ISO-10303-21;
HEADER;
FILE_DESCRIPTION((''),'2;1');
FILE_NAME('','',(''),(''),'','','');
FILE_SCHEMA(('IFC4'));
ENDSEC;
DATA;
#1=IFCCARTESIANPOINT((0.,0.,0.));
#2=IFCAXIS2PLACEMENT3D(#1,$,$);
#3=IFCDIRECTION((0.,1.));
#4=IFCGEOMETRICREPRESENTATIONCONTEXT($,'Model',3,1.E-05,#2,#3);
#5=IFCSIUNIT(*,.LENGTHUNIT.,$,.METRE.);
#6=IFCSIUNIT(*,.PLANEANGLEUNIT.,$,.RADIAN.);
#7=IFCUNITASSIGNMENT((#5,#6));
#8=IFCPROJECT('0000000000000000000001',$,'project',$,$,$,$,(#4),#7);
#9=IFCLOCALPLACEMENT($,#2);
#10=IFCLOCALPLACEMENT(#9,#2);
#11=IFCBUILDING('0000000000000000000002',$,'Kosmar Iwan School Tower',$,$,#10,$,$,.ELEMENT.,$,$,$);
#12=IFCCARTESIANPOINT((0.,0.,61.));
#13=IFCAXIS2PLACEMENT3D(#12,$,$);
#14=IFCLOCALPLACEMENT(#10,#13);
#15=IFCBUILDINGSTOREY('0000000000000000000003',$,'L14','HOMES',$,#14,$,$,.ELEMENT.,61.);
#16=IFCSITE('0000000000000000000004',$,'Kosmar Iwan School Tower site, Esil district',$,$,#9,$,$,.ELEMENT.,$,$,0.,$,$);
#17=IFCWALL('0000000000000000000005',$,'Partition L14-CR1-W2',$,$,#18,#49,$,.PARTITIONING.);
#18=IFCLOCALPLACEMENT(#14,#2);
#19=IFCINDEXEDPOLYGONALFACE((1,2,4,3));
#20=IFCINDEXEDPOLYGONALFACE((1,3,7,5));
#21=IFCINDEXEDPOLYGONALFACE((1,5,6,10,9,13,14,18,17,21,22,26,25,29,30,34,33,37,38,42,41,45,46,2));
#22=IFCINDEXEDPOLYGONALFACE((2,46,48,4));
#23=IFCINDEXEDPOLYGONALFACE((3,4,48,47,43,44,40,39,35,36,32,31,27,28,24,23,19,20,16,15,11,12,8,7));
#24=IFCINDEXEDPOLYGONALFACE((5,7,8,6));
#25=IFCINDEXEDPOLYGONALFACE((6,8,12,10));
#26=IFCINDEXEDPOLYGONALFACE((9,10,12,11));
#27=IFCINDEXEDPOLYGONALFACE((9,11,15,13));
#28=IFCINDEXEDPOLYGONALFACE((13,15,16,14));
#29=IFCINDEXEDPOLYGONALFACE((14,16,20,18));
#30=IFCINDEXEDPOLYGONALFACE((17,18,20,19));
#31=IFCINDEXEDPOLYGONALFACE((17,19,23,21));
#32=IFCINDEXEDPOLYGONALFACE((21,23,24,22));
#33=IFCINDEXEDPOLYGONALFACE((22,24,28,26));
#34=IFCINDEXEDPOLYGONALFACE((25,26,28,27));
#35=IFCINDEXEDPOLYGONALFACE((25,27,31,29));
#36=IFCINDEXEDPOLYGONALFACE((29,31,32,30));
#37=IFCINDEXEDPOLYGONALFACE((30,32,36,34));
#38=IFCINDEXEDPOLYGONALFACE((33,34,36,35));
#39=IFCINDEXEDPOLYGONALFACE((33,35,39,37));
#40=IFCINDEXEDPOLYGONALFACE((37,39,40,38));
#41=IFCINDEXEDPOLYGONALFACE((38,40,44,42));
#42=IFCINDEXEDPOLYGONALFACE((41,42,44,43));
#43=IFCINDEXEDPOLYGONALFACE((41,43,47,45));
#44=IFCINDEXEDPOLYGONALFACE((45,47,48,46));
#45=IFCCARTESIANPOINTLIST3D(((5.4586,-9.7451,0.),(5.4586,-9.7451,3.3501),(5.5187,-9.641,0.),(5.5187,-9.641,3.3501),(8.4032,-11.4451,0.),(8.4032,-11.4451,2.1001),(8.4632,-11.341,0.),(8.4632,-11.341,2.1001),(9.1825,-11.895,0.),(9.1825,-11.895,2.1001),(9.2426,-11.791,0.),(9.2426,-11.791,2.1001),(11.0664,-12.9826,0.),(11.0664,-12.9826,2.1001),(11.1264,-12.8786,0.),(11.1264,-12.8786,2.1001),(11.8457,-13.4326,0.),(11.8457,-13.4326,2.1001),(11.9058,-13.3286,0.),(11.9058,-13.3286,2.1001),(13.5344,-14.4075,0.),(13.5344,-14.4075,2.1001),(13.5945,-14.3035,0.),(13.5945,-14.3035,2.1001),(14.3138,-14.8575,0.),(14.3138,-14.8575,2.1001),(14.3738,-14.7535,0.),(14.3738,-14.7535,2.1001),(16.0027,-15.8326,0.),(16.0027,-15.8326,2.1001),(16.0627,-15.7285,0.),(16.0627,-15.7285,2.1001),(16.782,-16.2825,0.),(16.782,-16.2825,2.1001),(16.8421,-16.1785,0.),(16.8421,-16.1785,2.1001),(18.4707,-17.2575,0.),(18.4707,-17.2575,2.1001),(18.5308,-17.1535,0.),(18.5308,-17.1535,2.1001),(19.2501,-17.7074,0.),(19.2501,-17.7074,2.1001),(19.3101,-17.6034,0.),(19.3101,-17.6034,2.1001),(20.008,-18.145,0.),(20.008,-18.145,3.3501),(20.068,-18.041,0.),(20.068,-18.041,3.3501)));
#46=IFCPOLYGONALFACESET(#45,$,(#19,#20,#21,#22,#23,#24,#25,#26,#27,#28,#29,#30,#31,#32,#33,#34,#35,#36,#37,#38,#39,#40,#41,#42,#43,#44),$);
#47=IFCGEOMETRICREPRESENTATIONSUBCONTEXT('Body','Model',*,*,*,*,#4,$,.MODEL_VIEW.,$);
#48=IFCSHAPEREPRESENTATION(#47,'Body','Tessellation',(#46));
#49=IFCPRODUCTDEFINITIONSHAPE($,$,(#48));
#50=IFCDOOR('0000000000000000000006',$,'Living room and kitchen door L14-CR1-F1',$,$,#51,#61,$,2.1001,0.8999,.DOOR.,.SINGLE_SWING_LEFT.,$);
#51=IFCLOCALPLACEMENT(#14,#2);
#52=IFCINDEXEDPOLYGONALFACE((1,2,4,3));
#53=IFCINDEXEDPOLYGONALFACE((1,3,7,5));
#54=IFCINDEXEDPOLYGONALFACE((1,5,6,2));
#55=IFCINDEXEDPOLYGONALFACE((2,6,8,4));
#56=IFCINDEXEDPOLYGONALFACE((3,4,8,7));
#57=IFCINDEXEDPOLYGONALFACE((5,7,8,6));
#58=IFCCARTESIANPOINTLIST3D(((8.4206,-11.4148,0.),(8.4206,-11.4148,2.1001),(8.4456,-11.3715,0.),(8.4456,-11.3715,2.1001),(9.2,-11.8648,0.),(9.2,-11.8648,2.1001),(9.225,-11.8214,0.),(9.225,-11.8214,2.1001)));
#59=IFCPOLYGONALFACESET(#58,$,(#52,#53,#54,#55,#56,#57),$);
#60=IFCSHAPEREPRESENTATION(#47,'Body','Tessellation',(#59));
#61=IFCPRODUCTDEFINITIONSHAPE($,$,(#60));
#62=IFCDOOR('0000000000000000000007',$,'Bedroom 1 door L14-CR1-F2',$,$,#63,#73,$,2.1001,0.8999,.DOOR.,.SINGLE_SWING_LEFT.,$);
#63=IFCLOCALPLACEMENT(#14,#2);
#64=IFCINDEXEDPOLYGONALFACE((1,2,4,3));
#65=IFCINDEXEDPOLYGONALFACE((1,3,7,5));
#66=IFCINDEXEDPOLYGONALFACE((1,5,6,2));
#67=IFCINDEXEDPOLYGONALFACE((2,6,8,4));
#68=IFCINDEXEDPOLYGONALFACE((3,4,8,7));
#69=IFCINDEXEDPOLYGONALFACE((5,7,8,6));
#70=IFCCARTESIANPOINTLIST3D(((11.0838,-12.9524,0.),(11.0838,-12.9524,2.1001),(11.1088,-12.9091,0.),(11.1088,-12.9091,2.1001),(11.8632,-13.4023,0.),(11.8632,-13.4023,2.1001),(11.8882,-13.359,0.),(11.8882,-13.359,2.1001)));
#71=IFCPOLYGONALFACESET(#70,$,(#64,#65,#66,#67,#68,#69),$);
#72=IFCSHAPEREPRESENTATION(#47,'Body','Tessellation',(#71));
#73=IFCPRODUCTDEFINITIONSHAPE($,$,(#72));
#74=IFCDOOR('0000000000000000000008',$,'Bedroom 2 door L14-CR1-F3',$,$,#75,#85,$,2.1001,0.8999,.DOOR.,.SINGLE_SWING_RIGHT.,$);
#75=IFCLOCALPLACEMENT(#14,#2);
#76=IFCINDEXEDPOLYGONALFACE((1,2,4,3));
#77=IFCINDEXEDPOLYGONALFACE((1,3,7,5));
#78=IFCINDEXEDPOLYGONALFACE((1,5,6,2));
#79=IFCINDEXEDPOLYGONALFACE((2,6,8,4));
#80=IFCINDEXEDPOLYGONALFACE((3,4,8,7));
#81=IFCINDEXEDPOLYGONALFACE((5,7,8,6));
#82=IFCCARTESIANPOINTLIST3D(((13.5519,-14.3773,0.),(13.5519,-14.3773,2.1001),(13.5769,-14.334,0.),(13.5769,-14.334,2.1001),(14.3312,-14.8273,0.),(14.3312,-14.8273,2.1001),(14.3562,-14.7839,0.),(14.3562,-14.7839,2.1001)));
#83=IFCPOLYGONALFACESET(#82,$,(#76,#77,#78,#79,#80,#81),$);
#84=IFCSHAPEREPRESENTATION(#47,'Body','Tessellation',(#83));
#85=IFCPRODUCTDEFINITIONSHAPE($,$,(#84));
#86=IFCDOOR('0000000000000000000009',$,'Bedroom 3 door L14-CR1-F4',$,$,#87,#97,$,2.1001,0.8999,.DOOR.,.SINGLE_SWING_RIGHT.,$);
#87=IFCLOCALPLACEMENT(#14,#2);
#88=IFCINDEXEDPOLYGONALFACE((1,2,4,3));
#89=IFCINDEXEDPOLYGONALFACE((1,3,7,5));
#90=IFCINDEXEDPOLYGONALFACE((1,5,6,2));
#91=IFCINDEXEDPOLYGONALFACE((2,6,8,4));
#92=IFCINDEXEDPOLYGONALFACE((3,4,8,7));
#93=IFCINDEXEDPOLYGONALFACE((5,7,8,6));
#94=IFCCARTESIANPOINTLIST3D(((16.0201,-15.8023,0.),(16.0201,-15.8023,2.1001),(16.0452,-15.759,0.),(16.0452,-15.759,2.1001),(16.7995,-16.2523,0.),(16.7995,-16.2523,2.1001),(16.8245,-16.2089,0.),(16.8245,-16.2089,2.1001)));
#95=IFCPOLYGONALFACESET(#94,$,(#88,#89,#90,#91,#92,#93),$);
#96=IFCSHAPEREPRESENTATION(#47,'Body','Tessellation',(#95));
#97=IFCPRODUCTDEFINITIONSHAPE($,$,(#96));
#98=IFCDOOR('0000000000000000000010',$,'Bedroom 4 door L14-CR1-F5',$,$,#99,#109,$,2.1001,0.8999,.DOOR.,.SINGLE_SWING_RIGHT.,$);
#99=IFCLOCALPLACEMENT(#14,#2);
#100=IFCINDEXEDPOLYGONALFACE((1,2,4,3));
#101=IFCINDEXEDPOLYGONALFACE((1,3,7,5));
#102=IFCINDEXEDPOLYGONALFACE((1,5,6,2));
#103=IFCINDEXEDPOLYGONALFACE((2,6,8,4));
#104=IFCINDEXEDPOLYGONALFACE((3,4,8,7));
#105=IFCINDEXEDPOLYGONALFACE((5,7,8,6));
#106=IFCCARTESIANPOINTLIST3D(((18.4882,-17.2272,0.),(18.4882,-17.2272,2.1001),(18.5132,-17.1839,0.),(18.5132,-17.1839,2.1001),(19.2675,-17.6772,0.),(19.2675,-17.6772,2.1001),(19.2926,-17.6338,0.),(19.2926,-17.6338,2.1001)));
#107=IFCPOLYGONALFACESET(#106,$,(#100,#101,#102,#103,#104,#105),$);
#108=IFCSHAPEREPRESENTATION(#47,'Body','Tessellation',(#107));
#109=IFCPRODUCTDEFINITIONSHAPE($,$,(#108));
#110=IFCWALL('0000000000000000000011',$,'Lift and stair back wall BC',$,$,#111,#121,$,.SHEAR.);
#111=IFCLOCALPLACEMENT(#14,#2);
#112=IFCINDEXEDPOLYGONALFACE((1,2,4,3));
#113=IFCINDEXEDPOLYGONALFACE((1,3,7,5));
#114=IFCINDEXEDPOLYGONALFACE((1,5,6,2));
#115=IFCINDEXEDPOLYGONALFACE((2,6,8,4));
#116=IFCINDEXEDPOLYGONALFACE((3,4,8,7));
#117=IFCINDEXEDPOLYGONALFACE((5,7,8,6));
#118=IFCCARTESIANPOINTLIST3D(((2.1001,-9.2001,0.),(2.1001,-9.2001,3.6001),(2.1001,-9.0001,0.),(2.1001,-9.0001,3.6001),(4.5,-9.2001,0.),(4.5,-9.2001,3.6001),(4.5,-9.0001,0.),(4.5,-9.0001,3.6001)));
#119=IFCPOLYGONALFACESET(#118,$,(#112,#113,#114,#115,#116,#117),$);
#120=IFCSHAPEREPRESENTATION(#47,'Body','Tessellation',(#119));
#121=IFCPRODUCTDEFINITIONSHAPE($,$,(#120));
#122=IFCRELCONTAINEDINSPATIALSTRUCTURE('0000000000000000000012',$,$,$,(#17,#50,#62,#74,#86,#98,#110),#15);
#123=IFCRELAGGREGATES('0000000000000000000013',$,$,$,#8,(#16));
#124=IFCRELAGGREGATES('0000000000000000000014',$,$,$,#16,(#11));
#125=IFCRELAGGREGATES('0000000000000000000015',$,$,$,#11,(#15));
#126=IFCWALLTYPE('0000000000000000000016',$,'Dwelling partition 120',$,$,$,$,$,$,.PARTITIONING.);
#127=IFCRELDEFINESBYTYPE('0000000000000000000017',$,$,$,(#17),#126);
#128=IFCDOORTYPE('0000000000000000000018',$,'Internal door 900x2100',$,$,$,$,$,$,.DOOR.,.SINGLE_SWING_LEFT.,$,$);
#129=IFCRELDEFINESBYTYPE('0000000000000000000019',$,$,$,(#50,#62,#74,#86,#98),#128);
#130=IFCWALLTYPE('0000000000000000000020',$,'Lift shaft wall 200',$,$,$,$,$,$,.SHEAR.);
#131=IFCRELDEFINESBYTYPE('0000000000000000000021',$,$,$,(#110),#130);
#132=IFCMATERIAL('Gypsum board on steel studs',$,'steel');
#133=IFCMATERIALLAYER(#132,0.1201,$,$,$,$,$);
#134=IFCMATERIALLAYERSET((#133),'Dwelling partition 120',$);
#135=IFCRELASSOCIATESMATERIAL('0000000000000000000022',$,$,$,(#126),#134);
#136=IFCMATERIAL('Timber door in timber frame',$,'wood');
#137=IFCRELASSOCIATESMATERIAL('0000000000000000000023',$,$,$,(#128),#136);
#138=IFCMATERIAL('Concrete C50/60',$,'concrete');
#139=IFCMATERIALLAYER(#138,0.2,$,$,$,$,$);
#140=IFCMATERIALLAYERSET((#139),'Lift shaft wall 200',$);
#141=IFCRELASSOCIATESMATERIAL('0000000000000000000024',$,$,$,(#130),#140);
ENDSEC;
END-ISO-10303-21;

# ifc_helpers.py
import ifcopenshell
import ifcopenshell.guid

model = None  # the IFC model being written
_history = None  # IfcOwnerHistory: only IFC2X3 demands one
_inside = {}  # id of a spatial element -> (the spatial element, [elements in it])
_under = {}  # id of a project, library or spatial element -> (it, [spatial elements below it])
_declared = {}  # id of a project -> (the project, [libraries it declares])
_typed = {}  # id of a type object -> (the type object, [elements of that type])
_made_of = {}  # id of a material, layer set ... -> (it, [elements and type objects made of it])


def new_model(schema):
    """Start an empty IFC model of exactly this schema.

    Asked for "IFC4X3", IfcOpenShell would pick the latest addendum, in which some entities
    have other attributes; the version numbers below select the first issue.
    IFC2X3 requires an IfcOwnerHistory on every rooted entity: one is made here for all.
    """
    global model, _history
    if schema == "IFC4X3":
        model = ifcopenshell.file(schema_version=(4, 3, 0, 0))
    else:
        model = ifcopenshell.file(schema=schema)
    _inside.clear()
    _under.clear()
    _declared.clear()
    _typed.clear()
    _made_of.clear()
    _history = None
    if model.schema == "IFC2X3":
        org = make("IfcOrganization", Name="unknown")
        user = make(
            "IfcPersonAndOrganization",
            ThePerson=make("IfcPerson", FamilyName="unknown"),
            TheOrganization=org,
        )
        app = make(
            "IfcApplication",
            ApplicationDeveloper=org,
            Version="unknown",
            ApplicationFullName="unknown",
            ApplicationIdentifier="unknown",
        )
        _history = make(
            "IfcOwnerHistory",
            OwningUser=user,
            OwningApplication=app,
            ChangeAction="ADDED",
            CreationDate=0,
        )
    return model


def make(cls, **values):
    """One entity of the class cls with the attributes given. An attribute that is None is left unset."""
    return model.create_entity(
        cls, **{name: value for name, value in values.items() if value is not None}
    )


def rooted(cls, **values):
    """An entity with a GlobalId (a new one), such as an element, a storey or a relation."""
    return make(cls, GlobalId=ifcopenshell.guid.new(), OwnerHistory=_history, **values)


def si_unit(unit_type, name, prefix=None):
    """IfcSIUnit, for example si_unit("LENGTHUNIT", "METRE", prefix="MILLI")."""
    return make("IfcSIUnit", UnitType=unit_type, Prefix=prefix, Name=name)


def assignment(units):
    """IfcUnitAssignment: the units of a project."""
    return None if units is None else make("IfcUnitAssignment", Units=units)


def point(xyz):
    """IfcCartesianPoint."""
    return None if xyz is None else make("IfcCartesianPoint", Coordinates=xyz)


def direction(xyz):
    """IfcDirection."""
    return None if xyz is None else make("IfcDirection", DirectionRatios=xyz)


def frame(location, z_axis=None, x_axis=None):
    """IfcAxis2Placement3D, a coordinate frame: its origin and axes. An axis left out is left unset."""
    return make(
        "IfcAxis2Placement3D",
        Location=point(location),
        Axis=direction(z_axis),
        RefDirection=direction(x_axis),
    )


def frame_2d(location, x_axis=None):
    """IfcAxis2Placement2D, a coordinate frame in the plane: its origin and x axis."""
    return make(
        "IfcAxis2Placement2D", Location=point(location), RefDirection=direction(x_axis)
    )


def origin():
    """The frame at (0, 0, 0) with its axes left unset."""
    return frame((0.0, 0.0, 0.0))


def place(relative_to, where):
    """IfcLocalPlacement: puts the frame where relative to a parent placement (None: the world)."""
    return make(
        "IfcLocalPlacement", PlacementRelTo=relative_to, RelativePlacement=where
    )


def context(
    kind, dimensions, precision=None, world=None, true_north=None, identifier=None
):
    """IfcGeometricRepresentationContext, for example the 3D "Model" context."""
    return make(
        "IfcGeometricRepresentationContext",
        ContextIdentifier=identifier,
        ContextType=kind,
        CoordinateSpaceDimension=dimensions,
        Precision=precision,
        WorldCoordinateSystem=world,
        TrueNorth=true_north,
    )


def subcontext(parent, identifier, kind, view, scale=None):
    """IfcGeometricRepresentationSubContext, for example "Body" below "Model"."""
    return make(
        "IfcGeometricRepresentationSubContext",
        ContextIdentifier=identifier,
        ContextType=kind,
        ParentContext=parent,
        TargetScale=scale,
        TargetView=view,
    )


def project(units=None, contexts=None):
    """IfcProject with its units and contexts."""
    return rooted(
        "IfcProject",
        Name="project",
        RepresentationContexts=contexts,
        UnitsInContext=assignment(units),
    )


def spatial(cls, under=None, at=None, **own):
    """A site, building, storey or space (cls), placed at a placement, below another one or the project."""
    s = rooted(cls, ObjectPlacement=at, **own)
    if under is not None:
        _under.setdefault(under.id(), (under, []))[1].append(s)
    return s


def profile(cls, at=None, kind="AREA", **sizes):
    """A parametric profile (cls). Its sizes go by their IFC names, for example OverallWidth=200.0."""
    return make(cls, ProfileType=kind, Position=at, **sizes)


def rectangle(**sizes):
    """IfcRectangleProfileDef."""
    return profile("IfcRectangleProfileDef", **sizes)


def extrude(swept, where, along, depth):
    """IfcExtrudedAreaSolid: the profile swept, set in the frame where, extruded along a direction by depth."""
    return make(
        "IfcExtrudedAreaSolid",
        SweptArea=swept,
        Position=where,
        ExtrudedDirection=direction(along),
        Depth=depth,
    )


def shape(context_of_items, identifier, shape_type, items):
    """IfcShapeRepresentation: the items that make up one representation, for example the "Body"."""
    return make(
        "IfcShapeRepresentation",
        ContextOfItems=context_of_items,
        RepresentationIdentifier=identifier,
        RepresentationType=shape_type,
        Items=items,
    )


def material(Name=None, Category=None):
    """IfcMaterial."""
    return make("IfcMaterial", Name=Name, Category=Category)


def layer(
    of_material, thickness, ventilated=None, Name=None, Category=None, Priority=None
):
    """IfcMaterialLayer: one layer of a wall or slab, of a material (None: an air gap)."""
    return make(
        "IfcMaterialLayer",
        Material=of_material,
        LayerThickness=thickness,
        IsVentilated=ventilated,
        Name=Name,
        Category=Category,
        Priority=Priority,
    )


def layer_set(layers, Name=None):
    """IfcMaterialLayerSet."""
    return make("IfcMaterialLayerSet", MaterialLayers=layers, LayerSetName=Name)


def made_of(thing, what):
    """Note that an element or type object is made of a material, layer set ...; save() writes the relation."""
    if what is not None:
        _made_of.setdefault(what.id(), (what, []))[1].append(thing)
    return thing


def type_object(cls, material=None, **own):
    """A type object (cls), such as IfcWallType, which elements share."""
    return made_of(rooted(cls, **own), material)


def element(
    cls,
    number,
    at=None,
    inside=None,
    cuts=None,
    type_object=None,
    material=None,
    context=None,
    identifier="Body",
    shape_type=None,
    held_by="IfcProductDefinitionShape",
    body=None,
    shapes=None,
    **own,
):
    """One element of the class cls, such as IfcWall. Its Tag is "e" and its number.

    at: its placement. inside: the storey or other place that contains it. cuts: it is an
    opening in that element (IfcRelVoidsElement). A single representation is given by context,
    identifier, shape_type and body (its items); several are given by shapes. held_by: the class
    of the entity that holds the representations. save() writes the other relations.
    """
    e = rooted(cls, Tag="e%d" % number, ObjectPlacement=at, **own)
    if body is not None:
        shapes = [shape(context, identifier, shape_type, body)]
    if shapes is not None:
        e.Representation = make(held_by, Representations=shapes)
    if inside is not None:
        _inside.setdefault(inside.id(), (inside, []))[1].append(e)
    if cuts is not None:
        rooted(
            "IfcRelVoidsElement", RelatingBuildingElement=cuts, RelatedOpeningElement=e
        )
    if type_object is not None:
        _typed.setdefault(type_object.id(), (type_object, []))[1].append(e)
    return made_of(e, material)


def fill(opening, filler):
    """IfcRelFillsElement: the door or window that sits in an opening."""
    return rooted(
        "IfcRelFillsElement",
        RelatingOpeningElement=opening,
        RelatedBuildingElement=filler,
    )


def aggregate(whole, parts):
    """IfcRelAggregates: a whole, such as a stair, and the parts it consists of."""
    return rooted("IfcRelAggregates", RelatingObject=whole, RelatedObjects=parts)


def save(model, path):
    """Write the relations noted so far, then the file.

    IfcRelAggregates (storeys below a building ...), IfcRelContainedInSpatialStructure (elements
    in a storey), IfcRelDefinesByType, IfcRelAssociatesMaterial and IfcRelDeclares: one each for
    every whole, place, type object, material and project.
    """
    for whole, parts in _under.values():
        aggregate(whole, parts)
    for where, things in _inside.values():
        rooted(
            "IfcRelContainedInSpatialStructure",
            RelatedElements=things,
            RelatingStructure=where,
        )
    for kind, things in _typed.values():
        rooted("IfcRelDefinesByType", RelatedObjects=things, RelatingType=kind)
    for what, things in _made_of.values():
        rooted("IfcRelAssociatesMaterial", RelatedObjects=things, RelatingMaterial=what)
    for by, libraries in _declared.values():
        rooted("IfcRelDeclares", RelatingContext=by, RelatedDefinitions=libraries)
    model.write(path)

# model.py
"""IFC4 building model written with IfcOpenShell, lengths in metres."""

from ifc_helpers import new_model, si_unit, direction, frame, frame_2d, origin, place, context, subcontext, project, spatial, rectangle, extrude, material, layer, layer_set, type_object, element, fill, save


model = new_model("IFC4")

# Units and contexts
model_context = context("Model", 3, precision=1e-05, world=origin(), true_north=direction((0.0, 1.0)))
body_context = subcontext(model_context, "Body", "Model", "MODEL_VIEW")
ifc_project = project(units=[si_unit("LENGTHUNIT", "METRE"), si_unit("PLANEANGLEUNIT", "RADIAN")], contexts=[model_context])

# Site, building, storey
site_placement = place(None, origin())
site = spatial("IfcSite", under=ifc_project, at=site_placement, Name="Kosmar Iwan School Tower site, Esil district", CompositionType="ELEMENT", RefElevation=0.0)
building_placement = place(site_placement, origin())
building = spatial("IfcBuilding", under=site, at=building_placement, Name="Kosmar Iwan School Tower", CompositionType="ELEMENT")
storey_placement = place(building_placement, frame((0.0, 0.0, 61.0)))
storey = spatial("IfcBuildingStorey", under=building, at=storey_placement, Name="L14", Description="HOMES", CompositionType="ELEMENT", Elevation=61.0)

# Wall, openings, doors
ifc_material_1 = material(Name="Gypsum board on steel studs", Category="steel")
ifc_layer_1 = layer(ifc_material_1, 0.1201)
ifc_layer_set_1 = layer_set([ifc_layer_1], Name="Dwelling partition 120")
wall_type_1 = type_object("IfcWallType", Name="Dwelling partition 120", PredefinedType="PARTITIONING", material=ifc_layer_set_1)
wall_1_placement = place(storey_placement, frame((5.4888, -9.6931, 0.0), z_axis=(0.0, 0.0, 1.0), x_axis=(0.866029, -0.499993, 0.0)))
wall_1 = element("IfcWall", 1, at=wall_1_placement, inside=storey, type_object=wall_type_1, Name="Partition L14-CR1-W2", PredefinedType="PARTITIONING", context=body_context, shape_type="SweptSolid", body=[
    extrude(rectangle(XDim=16.8, YDim=0.1201, at=frame_2d((8.3999, 0.0))), origin(), (0.0, 0.0, 1.0), 3.3501),
])
opening_1_placement = place(wall_1_placement, frame((3.3999, 0.0, 0.0)))
opening_1 = element("IfcOpeningElement", 2, at=opening_1_placement, cuts=wall_1, PredefinedType="OPENING", context=body_context, shape_type="SweptSolid", body=[
    extrude(rectangle(XDim=0.8999, YDim=2.1001, at=frame_2d((0.45, 1.05))), frame((0.0, 0.072, 0.0), z_axis=(0.0, -1.0, 0.0), x_axis=(1.0, 0.0, 0.0)), (0.0, 0.0, 1.0), 0.144),
])
opening_2_placement = place(wall_1_placement, frame((6.4751, 0.0, 0.0)))
opening_2 = element("IfcOpeningElement", 3, at=opening_2_placement, cuts=wall_1, PredefinedType="OPENING", context=body_context, shape_type="SweptSolid", body=[
    extrude(rectangle(XDim=0.8999, YDim=2.1001, at=frame_2d((0.45, 1.05))), frame((0.0, 0.072, 0.0), z_axis=(0.0, -1.0, 0.0), x_axis=(1.0, 0.0, 0.0)), (0.0, 0.0, 1.0), 0.144),
])
opening_3_placement = place(wall_1_placement, frame((9.325, 0.0, 0.0)))
opening_3 = element("IfcOpeningElement", 4, at=opening_3_placement, cuts=wall_1, PredefinedType="OPENING", context=body_context, shape_type="SweptSolid", body=[
    extrude(rectangle(XDim=0.8999, YDim=2.1001, at=frame_2d((0.45, 1.05))), frame((0.0, 0.072, 0.0), z_axis=(0.0, -1.0, 0.0), x_axis=(1.0, 0.0, 0.0)), (0.0, 0.0, 1.0), 0.144),
])
opening_4_placement = place(wall_1_placement, frame((12.175, 0.0, 0.0)))
opening_4 = element("IfcOpeningElement", 5, at=opening_4_placement, cuts=wall_1, PredefinedType="OPENING", context=body_context, shape_type="SweptSolid", body=[
    extrude(rectangle(XDim=0.8999, YDim=2.1001, at=frame_2d((0.45, 1.05))), frame((0.0, 0.072, 0.0), z_axis=(0.0, -1.0, 0.0), x_axis=(1.0, 0.0, 0.0)), (0.0, 0.0, 1.0), 0.144),
])
opening_5_placement = place(wall_1_placement, frame((15.0249, 0.0, 0.0)))
opening_5 = element("IfcOpeningElement", 6, at=opening_5_placement, cuts=wall_1, PredefinedType="OPENING", context=body_context, shape_type="SweptSolid", body=[
    extrude(rectangle(XDim=0.8999, YDim=2.1001, at=frame_2d((0.45, 1.05))), frame((0.0, 0.072, 0.0), z_axis=(0.0, -1.0, 0.0), x_axis=(1.0, 0.0, 0.0)), (0.0, 0.0, 1.0), 0.144),
])
ifc_material_2 = material(Name="Timber door in timber frame", Category="wood")
door_type = type_object("IfcDoorType", Name="Internal door 900x2100", OperationType="SINGLE_SWING_LEFT", PredefinedType="DOOR", material=ifc_material_2)
door_1_placement = place(opening_1_placement, origin())
door_1 = element("IfcDoor", 7, at=door_1_placement, inside=storey, type_object=door_type, Name="Living room and kitchen door L14-CR1-F1", OperationType="SINGLE_SWING_LEFT", OverallHeight=2.1001, OverallWidth=0.8999, PredefinedType="DOOR", context=body_context, shape_type="SweptSolid", body=[
    extrude(rectangle(XDim=0.8999, YDim=2.1001, at=frame_2d((0.45, 1.05))), frame((0.0, 0.0249, 0.0), z_axis=(0.0, -1.0, 0.0), x_axis=(1.0, 0.0, 0.0)), (0.0, 0.0, 1.0), 0.05),
])
fill(opening_1, door_1)
door_2_placement = place(opening_2_placement, origin())
door_2 = element("IfcDoor", 8, at=door_2_placement, inside=storey, type_object=door_type, Name="Bedroom 1 door L14-CR1-F2", OperationType="SINGLE_SWING_LEFT", OverallHeight=2.1001, OverallWidth=0.8999, PredefinedType="DOOR", context=body_context, shape_type="SweptSolid", body=[
    extrude(rectangle(XDim=0.8999, YDim=2.1001, at=frame_2d((0.45, 1.05))), frame((0.0, 0.0249, 0.0), z_axis=(0.0, -1.0, 0.0), x_axis=(1.0, 0.0, 0.0)), (0.0, 0.0, 1.0), 0.05),
])
fill(opening_2, door_2)
door_3_placement = place(opening_3_placement, origin())
door_3 = element("IfcDoor", 9, at=door_3_placement, inside=storey, type_object=door_type, Name="Bedroom 2 door L14-CR1-F3", OperationType="SINGLE_SWING_RIGHT", OverallHeight=2.1001, OverallWidth=0.8999, PredefinedType="DOOR", context=body_context, shape_type="SweptSolid", body=[
    extrude(rectangle(XDim=0.8999, YDim=2.1001, at=frame_2d((0.45, 1.05))), frame((0.0, 0.0249, 0.0), z_axis=(0.0, -1.0, 0.0), x_axis=(1.0, 0.0, 0.0)), (0.0, 0.0, 1.0), 0.05),
])
fill(opening_3, door_3)
door_4_placement = place(opening_4_placement, origin())
door_4 = element("IfcDoor", 10, at=door_4_placement, inside=storey, type_object=door_type, Name="Bedroom 3 door L14-CR1-F4", OperationType="SINGLE_SWING_RIGHT", OverallHeight=2.1001, OverallWidth=0.8999, PredefinedType="DOOR", context=body_context, shape_type="SweptSolid", body=[
    extrude(rectangle(XDim=0.8999, YDim=2.1001, at=frame_2d((0.45, 1.05))), frame((0.0, 0.0249, 0.0), z_axis=(0.0, -1.0, 0.0), x_axis=(1.0, 0.0, 0.0)), (0.0, 0.0, 1.0), 0.05),
])
fill(opening_4, door_4)
door_5_placement = place(opening_5_placement, origin())
door_5 = element("IfcDoor", 11, at=door_5_placement, inside=storey, type_object=door_type, Name="Bedroom 4 door L14-CR1-F5", OperationType="SINGLE_SWING_RIGHT", OverallHeight=2.1001, OverallWidth=0.8999, PredefinedType="DOOR", context=body_context, shape_type="SweptSolid", body=[
    extrude(rectangle(XDim=0.8999, YDim=2.1001, at=frame_2d((0.45, 1.05))), frame((0.0, 0.0249, 0.0), z_axis=(0.0, -1.0, 0.0), x_axis=(1.0, 0.0, 0.0)), (0.0, 0.0, 1.0), 0.05),
])
fill(opening_5, door_5)

# Wall
ifc_material_3 = material(Name="Concrete C50/60", Category="concrete")
ifc_layer_2 = layer(ifc_material_3, 0.2)
ifc_layer_set_2 = layer_set([ifc_layer_2], Name="Lift shaft wall 200")
wall_type_2 = type_object("IfcWallType", Name="Lift shaft wall 200", PredefinedType="SHEAR", material=ifc_layer_set_2)
wall_2_placement = place(storey_placement, frame((2.1001, -9.1001, 0.0), z_axis=(0.0, 0.0, 1.0), x_axis=(1.0, 0.0, 0.0)))
element("IfcWall", 12, at=wall_2_placement, inside=storey, type_object=wall_type_2, Name="Lift and stair back wall BC", PredefinedType="SHEAR", context=body_context, shape_type="SweptSolid", body=[
    extrude(rectangle(XDim=2.3999, YDim=0.2, at=frame_2d((1.2, 0.0))), origin(), (0.0, 0.0, 1.0), 3.6001),
])

save(model, "model.ifc")
